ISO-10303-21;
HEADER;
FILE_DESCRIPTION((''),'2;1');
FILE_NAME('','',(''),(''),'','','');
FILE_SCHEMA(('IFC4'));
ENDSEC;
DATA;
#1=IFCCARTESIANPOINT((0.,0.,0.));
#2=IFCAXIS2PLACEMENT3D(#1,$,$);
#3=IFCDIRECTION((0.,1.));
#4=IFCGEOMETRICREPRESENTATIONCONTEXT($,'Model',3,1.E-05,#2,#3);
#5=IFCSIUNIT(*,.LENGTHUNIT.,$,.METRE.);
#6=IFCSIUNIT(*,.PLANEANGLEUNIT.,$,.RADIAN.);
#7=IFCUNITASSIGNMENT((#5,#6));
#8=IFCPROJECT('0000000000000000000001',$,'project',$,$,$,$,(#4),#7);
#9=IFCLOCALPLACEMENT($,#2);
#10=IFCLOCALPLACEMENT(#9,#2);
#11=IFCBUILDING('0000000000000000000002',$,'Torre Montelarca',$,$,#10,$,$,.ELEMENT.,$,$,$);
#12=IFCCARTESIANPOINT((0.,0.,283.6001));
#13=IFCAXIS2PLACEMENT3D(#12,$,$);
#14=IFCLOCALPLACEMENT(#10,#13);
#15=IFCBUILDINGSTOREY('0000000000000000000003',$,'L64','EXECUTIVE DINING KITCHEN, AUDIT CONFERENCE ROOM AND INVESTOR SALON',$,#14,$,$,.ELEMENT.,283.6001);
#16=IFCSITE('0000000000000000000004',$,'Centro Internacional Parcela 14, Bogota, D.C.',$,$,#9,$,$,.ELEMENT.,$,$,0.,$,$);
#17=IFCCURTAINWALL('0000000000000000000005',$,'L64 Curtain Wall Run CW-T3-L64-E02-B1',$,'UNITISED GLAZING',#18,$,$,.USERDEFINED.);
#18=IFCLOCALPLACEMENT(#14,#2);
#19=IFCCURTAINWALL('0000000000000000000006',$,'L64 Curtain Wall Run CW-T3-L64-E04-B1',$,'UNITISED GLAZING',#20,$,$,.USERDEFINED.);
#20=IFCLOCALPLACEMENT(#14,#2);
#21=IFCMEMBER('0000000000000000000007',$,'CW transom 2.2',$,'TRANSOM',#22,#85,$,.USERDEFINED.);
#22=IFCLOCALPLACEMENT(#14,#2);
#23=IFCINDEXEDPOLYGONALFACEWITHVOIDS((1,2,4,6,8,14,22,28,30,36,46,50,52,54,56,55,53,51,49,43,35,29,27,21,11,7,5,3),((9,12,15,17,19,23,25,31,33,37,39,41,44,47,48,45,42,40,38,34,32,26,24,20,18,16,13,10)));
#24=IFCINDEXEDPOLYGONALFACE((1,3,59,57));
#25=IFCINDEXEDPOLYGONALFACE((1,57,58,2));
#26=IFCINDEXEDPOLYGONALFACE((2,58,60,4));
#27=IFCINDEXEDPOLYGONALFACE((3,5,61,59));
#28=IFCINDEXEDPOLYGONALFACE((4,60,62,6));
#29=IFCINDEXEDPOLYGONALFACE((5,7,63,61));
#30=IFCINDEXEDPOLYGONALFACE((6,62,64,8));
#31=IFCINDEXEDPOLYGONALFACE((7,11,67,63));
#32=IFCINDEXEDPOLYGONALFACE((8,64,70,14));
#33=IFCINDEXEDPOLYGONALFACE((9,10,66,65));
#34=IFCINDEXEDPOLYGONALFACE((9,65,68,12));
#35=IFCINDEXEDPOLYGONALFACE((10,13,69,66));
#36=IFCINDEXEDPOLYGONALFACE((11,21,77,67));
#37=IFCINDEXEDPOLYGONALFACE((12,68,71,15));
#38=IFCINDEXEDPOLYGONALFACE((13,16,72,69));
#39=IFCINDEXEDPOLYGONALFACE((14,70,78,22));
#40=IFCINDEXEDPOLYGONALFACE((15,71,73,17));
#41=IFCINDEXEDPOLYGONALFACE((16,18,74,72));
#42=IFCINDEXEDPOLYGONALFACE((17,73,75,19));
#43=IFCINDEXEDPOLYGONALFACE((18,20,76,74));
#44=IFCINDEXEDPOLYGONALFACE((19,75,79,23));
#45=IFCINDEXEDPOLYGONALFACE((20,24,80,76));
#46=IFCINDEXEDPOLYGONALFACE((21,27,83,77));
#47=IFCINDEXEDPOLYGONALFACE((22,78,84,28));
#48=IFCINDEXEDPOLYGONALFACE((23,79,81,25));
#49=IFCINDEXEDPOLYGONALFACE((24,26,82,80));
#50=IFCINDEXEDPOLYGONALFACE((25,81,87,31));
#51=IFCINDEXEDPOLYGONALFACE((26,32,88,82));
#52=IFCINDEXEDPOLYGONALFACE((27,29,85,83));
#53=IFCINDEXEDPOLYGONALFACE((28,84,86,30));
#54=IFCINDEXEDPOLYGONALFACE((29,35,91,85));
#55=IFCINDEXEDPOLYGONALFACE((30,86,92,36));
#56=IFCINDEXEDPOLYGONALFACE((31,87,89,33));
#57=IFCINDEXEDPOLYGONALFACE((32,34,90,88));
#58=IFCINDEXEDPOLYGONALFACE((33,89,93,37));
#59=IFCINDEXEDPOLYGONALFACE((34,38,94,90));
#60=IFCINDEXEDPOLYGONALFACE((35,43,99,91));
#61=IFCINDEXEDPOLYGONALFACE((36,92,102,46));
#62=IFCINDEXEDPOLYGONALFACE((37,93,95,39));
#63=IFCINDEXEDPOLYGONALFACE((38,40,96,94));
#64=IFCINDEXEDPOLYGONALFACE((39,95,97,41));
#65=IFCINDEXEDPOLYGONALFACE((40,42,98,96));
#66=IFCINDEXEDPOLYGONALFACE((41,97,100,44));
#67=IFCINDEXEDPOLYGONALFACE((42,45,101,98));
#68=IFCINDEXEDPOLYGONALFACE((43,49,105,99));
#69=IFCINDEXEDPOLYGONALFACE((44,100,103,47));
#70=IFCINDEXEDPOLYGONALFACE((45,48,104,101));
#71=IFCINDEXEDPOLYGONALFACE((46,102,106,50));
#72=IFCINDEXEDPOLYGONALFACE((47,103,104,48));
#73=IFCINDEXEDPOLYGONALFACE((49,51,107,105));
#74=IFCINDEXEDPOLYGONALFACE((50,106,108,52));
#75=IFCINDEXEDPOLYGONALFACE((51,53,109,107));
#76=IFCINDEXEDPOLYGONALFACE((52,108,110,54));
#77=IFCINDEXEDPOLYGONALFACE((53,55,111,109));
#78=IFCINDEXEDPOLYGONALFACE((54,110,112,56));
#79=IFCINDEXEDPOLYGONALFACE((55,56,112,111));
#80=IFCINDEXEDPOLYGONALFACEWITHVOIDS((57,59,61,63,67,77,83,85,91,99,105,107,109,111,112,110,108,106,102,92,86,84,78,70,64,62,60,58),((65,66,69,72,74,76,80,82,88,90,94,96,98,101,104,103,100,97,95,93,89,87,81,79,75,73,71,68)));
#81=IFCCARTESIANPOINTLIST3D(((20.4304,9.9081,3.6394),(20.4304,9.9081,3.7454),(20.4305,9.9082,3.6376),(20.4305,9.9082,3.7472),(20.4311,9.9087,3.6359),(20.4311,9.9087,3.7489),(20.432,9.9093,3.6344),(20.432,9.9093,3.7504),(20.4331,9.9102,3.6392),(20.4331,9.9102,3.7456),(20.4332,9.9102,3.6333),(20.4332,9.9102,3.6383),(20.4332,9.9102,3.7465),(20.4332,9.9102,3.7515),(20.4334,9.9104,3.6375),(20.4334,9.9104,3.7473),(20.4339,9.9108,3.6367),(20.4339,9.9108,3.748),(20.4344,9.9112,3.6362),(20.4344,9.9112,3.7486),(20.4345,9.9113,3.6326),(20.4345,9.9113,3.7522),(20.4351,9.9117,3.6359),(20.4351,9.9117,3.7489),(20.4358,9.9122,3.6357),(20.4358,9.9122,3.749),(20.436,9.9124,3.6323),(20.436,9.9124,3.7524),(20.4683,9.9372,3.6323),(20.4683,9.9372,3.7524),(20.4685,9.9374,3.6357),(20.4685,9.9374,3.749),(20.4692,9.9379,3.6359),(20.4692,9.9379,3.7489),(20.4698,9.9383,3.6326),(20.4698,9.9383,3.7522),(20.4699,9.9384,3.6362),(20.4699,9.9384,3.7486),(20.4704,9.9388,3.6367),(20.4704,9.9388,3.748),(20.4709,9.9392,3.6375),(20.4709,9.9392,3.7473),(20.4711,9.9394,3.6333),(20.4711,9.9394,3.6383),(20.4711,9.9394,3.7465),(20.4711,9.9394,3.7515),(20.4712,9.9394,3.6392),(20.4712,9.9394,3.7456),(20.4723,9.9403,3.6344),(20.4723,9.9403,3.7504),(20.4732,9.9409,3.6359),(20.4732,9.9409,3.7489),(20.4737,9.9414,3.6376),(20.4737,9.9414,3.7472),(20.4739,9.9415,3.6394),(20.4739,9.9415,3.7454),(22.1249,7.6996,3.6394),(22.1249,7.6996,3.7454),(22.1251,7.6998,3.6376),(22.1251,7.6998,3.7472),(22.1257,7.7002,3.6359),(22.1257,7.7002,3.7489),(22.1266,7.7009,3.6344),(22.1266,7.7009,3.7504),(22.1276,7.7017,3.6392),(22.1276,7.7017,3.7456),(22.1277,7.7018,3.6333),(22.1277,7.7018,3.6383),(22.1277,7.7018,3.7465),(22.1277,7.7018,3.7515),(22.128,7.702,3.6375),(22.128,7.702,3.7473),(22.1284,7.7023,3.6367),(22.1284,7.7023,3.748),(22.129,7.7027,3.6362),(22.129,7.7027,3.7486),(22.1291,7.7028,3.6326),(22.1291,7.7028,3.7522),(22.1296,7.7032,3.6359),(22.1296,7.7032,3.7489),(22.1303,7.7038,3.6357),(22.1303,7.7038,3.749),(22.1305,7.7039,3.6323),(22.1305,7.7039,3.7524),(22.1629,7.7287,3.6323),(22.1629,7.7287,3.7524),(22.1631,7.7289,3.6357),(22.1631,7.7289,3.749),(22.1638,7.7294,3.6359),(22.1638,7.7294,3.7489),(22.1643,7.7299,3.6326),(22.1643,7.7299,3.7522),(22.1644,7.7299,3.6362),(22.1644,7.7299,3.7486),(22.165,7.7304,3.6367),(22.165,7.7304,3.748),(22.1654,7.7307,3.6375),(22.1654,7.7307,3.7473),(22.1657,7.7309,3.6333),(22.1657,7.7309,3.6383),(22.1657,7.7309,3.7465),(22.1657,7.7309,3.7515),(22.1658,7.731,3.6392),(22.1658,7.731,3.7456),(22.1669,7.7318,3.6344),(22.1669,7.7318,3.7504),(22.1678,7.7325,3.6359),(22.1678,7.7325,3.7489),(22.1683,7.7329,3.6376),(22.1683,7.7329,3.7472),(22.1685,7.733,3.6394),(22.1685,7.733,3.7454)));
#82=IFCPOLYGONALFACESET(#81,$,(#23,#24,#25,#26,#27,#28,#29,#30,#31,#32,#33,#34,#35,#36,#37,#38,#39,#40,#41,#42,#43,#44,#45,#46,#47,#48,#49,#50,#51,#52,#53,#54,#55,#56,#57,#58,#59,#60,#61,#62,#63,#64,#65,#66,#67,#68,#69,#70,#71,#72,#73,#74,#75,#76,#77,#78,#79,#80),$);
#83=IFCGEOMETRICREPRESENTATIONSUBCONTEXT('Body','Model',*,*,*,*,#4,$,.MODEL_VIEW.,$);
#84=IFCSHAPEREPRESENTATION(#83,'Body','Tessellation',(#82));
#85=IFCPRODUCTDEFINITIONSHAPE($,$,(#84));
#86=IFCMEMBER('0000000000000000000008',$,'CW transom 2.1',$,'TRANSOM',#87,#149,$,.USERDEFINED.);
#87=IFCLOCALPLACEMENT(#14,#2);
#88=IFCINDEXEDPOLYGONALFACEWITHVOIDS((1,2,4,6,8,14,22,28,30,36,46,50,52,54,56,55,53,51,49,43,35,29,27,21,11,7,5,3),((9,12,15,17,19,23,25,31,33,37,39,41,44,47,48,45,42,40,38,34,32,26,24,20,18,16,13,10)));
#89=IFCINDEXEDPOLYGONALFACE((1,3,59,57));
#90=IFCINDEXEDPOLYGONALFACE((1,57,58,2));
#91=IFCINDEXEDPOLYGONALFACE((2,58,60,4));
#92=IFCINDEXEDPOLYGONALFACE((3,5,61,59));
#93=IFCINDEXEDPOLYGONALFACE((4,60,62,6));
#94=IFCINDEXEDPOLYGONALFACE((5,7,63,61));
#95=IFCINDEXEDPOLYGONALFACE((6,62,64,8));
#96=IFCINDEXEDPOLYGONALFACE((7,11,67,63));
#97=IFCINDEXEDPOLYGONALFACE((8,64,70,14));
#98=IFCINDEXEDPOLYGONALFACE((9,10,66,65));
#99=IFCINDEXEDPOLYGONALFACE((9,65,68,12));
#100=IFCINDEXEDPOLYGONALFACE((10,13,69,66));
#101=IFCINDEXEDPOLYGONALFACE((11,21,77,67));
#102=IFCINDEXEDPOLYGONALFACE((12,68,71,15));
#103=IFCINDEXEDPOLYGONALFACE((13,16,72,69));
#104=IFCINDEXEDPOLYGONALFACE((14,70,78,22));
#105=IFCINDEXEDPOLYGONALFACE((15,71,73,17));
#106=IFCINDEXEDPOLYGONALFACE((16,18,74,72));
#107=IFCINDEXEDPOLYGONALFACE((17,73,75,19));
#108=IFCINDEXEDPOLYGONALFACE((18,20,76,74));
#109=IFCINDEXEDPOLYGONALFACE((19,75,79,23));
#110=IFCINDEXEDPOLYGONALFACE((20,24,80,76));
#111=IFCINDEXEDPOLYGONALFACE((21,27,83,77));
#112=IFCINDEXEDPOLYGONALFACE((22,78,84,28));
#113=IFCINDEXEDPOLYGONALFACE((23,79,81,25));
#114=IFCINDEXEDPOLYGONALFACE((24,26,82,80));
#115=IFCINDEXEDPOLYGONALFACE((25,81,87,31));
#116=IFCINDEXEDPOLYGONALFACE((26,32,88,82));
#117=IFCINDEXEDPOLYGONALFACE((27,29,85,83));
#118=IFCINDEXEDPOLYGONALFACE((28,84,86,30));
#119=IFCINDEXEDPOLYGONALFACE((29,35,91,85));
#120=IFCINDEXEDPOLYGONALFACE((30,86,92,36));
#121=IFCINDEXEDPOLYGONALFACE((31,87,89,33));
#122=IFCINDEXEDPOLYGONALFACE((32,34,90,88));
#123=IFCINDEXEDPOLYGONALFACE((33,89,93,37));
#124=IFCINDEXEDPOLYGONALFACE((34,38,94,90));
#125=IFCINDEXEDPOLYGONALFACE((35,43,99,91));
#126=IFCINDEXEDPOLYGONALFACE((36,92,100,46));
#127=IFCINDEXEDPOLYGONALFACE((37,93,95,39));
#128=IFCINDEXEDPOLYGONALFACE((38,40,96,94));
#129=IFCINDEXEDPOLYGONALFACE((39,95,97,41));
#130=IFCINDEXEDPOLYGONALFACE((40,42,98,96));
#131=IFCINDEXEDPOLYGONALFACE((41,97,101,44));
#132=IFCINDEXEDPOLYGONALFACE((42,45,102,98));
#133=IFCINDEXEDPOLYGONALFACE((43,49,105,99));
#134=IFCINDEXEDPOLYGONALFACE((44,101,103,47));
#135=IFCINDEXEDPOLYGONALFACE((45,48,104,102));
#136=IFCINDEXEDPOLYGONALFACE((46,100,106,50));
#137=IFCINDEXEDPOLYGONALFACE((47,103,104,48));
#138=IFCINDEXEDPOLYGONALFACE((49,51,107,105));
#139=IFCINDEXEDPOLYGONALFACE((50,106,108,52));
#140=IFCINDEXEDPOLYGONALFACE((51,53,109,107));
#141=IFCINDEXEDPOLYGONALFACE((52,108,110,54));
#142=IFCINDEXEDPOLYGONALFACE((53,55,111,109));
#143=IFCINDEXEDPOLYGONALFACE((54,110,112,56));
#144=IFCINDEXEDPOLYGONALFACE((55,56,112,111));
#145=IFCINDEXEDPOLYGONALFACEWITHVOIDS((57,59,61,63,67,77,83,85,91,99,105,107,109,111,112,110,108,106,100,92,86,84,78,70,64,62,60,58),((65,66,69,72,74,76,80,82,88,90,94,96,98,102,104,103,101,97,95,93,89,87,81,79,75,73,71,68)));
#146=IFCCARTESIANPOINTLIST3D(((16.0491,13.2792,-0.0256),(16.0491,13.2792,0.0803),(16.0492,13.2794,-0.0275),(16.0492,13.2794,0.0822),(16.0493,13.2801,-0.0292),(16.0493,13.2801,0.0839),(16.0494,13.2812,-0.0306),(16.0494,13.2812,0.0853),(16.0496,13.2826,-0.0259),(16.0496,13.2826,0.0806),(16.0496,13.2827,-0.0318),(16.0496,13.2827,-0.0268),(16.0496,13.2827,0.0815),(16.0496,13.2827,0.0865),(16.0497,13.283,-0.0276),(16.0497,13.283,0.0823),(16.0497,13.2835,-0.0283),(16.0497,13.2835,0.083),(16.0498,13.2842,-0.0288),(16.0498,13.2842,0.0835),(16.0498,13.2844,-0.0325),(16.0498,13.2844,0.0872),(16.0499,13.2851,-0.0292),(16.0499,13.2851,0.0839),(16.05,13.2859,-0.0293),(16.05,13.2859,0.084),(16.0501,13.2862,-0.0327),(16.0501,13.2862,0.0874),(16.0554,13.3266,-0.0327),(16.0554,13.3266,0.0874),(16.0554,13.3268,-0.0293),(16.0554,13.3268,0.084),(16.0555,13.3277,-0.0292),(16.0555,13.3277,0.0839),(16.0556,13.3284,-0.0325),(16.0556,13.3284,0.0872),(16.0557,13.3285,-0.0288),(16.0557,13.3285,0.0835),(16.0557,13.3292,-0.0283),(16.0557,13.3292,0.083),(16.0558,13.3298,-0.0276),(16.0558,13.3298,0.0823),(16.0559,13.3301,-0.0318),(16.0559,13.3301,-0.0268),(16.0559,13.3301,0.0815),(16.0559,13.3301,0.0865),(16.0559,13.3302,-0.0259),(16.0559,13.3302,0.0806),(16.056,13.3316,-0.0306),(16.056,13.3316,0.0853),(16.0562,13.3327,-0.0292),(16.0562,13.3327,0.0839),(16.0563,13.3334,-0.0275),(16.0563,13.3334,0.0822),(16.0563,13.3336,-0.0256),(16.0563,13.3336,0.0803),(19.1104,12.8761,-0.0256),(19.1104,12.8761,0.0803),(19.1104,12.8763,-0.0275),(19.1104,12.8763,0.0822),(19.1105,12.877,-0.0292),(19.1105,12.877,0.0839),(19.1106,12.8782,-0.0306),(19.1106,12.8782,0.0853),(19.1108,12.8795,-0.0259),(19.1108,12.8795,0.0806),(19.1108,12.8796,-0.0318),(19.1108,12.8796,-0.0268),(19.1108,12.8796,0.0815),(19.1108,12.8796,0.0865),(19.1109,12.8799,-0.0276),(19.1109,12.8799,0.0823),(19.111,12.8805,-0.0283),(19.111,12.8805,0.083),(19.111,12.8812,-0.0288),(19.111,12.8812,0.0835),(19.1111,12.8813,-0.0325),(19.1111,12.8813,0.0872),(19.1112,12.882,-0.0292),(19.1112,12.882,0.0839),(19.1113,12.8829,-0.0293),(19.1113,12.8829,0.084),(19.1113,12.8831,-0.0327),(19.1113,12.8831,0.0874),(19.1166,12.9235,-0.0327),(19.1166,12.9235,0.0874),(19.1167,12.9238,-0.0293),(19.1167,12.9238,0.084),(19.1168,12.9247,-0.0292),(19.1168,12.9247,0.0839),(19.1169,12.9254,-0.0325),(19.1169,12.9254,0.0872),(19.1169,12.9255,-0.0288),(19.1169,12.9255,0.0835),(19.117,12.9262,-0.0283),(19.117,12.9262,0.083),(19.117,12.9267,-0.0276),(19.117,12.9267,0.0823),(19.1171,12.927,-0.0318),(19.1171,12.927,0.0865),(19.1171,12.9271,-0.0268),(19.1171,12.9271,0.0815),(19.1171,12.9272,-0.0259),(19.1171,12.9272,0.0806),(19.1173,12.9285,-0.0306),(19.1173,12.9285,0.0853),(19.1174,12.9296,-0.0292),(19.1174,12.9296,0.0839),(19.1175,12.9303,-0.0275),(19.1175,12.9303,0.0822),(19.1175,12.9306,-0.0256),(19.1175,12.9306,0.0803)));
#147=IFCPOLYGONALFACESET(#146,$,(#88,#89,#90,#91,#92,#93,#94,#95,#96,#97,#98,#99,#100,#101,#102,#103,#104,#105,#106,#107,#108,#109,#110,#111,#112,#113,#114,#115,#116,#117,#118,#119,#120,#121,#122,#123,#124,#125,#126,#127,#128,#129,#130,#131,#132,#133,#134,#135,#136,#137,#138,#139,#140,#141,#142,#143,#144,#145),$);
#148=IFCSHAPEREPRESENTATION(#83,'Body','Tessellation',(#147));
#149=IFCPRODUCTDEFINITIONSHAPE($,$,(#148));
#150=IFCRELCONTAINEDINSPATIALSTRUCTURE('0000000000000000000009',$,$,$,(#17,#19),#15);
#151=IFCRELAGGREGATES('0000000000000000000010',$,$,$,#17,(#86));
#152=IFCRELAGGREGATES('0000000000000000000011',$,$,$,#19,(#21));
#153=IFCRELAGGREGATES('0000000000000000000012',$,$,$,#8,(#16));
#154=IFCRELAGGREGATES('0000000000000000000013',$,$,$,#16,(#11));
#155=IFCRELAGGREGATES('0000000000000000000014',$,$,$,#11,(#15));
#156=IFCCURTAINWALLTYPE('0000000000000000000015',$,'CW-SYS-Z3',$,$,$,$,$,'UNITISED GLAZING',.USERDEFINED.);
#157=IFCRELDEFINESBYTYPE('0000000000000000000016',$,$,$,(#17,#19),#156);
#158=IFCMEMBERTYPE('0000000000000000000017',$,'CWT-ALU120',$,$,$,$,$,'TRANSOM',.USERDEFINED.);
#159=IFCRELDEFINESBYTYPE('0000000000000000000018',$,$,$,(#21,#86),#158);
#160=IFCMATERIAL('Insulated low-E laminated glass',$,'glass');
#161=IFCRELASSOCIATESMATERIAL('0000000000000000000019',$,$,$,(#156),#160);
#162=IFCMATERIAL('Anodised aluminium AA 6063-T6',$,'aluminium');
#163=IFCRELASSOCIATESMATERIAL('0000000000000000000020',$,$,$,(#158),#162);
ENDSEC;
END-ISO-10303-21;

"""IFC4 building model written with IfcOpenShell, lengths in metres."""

from ifc_helpers import new_model, si_unit, direction, frame, origin, origin_2d, place, context, subcontext, project, spatial, hollow_rectangle, extrude, source, transform, mapped, material, material_profile, profile_set, type_object, element, aggregate, save


model = new_model("IFC4")

# Units and contexts
model_context = context("Model", 3, precision=1e-05, world=origin(), true_north=direction((0.0, 1.0)))
body_context = subcontext(model_context, "Body", "Model", "MODEL_VIEW")
ifc_project = project(units=[si_unit("LENGTHUNIT", "METRE"), si_unit("PLANEANGLEUNIT", "RADIAN")], contexts=[model_context])

# Site, building, storey
site_placement = place(None, origin())
site = spatial("IfcSite", under=ifc_project, at=site_placement, Name="Centro Internacional Parcela 14, Bogota, D.C.", CompositionType="ELEMENT", RefElevation=0.0)
building_placement = place(site_placement, origin())
building = spatial("IfcBuilding", under=site, at=building_placement, Name="Torre Montelarca", CompositionType="ELEMENT")
storey_placement = place(building_placement, frame((0.0, 0.0, 283.6001)))
storey = spatial("IfcBuildingStorey", under=building, at=storey_placement, Name="L64", Description="EXECUTIVE DINING KITCHEN, AUDIT CONFERENCE ROOM AND INVESTOR SALON", CompositionType="ELEMENT", Elevation=283.6001)

# Curtain walls, member
ifc_material_1 = material(Name="Insulated low-E laminated glass", Category="glass")
curtain_wall_type = type_object("IfcCurtainWallType", Name="CW-SYS-Z3", ElementType="UNITISED GLAZING", PredefinedType="USERDEFINED", material=ifc_material_1)
curtain_wall_1_placement = place(storey_placement, origin())
curtain_wall_1 = element("IfcCurtainWall", 1, at=curtain_wall_1_placement, inside=storey, type_object=curtain_wall_type, Name="L64 Curtain Wall Run CW-T3-L64-E02-B1", ObjectType="UNITISED GLAZING", PredefinedType="USERDEFINED")
ifc_material_2 = material(Name="Anodised aluminium AA 6063-T6", Category="aluminium")
ifc_material_profile_1 = material_profile(ifc_material_2, hollow_rectangle(XDim=0.0549, YDim=0.1201, WallThickness=0.0034, InnerFilletRadius=0.0034, OuterFilletRadius=0.0071, at=origin_2d()), Name="ALU55X120X3.5", Category="aluminium")
ifc_profile_set_1 = profile_set([ifc_material_profile_1], Name="Anodised aluminium AA 6063-T6")
member_type_1 = type_object("IfcMemberType", Name="CWT-ALU120", ElementType="TRANSOM", PredefinedType="USERDEFINED", material=ifc_profile_set_1)
curtain_wall_2_placement = place(storey_placement, origin())
curtain_wall_2 = element("IfcCurtainWall", 2, at=curtain_wall_2_placement, inside=storey, type_object=curtain_wall_type, Name="L64 Curtain Wall Run CW-T3-L64-E04-B1", ObjectType="UNITISED GLAZING", PredefinedType="USERDEFINED")
shared_shape_1 = source(origin(), body_context, "Body", "SweptSolid", [
    extrude(hollow_rectangle(XDim=0.0549, YDim=0.1201, WallThickness=0.0034, InnerFilletRadius=0.0034, OuterFilletRadius=0.0071, at=origin_2d()), origin(), (0.0, 0.0, 1.0), 2.7837),
])
member_1_placement = place(storey_placement, frame((20.4521, 9.9248, 3.6924), z_axis=(0.608748, -0.793364, 0.0), x_axis=(0.793364, 0.608748, 0.0)))
member_1 = element("IfcMember", 3, at=member_1_placement, type_object=member_type_1, Name="CW transom 2.2", ObjectType="TRANSOM", PredefinedType="USERDEFINED", context=body_context, shape_type="MappedRepresentation", body=[
    mapped(shared_shape_1, transform((0.0, 0.0, 0.0), scale=1.0)),
])

# Member
shared_shape_2 = source(origin(), body_context, "Body", "SweptSolid", [
    extrude(hollow_rectangle(XDim=0.0549, YDim=0.1201, WallThickness=0.0034, InnerFilletRadius=0.0034, OuterFilletRadius=0.0071, at=origin_2d()), origin(), (0.0, 0.0, 1.0), 3.0876),
])
member_2_placement = place(storey_placement, frame((16.0527, 13.3064, 0.0273), z_axis=(0.991443, -0.130542, 0.0), x_axis=(0.130542, 0.991443, 0.0)))
member_2 = element("IfcMember", 4, at=member_2_placement, type_object=member_type_1, Name="CW transom 2.1", ObjectType="TRANSOM", PredefinedType="USERDEFINED", context=body_context, shape_type="MappedRepresentation", body=[
    mapped(shared_shape_2, transform((0.0, 0.0, 0.0), scale=1.0)),
])

aggregate(curtain_wall_1, [member_2])
aggregate(curtain_wall_2, [member_1])

save(model, "model.ifc")
